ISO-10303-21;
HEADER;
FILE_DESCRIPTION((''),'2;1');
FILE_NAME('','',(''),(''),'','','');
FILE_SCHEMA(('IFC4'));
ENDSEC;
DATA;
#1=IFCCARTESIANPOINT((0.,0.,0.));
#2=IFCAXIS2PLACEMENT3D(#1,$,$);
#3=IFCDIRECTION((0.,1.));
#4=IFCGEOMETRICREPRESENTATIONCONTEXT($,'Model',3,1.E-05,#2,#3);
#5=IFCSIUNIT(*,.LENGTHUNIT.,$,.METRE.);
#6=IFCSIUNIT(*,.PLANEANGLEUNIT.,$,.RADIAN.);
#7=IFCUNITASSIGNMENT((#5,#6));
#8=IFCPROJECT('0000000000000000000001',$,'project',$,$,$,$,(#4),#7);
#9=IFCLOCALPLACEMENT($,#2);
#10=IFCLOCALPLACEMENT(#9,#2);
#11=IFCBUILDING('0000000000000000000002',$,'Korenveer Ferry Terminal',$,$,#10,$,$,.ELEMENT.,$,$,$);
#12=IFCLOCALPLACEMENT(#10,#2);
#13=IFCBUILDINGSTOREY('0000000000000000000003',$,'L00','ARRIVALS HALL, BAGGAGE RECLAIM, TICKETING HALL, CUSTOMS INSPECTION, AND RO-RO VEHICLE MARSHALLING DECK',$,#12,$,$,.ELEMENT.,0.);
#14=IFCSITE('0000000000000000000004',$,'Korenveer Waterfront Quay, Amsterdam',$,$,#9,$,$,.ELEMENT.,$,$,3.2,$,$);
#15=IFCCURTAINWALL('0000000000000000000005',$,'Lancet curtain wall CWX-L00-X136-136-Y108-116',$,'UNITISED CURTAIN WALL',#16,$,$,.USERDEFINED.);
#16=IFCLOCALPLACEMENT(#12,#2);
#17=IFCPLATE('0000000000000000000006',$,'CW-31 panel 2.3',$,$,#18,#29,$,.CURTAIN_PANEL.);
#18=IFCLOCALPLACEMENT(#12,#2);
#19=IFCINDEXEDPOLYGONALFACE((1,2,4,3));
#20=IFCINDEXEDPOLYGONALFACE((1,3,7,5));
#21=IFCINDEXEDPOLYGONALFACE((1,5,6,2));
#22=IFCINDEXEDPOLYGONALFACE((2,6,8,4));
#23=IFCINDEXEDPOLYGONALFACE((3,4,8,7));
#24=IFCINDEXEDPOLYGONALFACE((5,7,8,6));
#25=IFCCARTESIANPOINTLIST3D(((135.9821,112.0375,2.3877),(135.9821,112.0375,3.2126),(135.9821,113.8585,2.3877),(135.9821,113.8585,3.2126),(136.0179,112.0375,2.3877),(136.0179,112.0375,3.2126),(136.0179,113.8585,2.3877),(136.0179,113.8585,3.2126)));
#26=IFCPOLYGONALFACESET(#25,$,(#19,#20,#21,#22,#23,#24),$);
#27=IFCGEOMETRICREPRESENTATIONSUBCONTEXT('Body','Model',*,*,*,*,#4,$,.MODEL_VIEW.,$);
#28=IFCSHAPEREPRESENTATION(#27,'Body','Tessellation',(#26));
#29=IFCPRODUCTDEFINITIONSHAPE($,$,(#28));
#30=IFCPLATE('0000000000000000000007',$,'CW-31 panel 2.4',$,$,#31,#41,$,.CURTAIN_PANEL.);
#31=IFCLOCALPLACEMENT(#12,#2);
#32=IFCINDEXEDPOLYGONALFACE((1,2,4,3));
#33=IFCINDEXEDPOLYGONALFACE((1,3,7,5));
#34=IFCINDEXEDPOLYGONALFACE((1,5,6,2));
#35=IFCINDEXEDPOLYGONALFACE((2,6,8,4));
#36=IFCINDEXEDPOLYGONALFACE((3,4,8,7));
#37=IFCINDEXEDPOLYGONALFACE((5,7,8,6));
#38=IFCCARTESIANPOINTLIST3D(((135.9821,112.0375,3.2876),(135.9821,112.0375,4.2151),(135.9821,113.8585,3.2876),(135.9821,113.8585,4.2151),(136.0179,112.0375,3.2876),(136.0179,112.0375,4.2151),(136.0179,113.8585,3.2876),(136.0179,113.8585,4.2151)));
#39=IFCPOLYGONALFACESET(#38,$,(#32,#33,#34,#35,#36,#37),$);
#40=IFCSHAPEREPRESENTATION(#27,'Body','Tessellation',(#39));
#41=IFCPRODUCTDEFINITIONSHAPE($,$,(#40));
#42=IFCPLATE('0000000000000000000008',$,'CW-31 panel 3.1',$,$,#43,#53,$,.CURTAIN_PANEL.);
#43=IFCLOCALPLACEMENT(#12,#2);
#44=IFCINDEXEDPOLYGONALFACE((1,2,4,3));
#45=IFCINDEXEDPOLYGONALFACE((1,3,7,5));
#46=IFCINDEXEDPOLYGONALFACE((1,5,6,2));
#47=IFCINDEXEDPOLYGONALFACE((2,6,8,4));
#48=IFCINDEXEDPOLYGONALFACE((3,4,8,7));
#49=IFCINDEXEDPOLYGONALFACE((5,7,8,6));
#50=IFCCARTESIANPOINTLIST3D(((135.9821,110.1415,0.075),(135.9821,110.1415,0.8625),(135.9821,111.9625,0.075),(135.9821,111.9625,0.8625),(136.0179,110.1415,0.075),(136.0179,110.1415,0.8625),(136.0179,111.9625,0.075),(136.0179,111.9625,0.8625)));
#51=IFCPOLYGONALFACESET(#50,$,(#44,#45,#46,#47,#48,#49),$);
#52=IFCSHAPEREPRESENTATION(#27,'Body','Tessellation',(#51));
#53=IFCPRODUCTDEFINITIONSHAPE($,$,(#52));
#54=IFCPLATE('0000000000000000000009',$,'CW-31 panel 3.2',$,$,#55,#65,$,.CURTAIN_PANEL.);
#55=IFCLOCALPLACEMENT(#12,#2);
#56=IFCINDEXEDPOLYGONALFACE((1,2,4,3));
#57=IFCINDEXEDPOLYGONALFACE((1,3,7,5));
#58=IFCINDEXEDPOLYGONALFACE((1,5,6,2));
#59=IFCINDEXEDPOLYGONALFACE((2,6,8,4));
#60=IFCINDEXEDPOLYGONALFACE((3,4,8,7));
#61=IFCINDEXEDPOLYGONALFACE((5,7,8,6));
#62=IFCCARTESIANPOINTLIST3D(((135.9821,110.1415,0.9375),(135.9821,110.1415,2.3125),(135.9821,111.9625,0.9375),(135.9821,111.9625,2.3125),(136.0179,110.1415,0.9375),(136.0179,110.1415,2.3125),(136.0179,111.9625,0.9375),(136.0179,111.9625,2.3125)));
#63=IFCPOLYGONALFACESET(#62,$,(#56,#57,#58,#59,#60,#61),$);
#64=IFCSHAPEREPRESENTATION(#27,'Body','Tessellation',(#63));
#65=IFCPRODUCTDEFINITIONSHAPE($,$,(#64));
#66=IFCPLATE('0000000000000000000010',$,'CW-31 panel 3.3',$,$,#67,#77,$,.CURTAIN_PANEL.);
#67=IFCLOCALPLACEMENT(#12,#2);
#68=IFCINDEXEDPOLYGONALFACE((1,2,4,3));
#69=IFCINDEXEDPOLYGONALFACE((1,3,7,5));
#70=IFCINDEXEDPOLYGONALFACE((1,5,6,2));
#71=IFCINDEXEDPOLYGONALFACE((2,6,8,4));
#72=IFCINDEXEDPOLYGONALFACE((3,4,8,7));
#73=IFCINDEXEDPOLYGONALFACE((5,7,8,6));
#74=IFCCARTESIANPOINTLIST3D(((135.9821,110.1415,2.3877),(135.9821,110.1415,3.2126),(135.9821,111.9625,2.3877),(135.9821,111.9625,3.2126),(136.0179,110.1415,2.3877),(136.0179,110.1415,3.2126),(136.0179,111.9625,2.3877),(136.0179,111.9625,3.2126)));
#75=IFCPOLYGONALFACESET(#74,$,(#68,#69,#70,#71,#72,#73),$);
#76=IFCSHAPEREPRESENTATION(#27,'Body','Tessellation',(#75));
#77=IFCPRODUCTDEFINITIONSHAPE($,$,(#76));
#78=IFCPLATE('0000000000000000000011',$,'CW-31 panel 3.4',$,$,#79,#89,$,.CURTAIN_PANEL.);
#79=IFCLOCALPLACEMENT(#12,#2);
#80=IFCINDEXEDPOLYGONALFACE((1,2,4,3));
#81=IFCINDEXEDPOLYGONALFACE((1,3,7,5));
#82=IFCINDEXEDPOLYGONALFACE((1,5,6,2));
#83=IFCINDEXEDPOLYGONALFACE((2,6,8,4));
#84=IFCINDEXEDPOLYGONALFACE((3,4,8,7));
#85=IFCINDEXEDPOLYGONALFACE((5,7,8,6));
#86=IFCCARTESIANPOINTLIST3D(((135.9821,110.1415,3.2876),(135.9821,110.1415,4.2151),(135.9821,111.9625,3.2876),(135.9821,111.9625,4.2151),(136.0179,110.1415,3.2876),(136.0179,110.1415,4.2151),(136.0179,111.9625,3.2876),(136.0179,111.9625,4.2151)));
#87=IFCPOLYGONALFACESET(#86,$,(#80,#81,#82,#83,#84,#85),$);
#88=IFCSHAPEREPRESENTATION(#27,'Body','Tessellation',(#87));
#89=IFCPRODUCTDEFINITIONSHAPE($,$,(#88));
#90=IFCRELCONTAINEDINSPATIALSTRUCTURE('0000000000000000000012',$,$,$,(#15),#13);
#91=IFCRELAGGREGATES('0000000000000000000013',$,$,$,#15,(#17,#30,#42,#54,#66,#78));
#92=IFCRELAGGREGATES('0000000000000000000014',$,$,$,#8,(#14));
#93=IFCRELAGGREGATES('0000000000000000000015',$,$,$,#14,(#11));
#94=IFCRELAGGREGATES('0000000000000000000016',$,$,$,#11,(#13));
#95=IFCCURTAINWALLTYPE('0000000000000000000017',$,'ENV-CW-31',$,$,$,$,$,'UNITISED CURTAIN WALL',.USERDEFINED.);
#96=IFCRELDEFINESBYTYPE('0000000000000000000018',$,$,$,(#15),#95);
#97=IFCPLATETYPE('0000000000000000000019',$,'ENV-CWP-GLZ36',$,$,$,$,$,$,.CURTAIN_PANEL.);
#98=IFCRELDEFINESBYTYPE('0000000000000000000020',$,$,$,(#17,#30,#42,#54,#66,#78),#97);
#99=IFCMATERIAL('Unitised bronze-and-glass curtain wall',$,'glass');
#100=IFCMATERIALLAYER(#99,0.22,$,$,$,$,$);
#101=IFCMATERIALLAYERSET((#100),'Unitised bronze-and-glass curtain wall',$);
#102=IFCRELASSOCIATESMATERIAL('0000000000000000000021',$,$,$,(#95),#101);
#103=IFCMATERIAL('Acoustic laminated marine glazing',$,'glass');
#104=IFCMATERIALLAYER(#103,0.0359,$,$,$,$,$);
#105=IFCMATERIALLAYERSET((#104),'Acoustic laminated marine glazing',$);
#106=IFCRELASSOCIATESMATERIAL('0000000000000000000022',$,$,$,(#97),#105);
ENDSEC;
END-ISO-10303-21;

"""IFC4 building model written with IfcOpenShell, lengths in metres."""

from ifc_helpers import new_model, si_unit, direction, frame, origin, origin_2d, place, context, subcontext, project, spatial, rectangle, extrude, material, layer, layer_set, type_object, element, aggregate, save


model = new_model("IFC4")

# Units and contexts
model_context = context("Model", 3, precision=1e-05, world=origin(), true_north=direction((0.0, 1.0)))
body_context = subcontext(model_context, "Body", "Model", "MODEL_VIEW")
ifc_project = project(units=[si_unit("LENGTHUNIT", "METRE"), si_unit("PLANEANGLEUNIT", "RADIAN")], contexts=[model_context])

# Site, building, storey
site_placement = place(None, origin())
site = spatial("IfcSite", under=ifc_project, at=site_placement, Name="Korenveer Waterfront Quay, Amsterdam", CompositionType="ELEMENT", RefElevation=3.2)
building_placement = place(site_placement, origin())
building = spatial("IfcBuilding", under=site, at=building_placement, Name="Korenveer Ferry Terminal", CompositionType="ELEMENT")
storey_placement = place(building_placement, origin())
storey = spatial("IfcBuildingStorey", under=building, at=storey_placement, Name="L00", Description="ARRIVALS HALL, BAGGAGE RECLAIM, TICKETING HALL, CUSTOMS INSPECTION, AND RO-RO VEHICLE MARSHALLING DECK", CompositionType="ELEMENT", Elevation=0.0)

# Curtain wall, plates
ifc_material_1 = material(Name="Unitised bronze-and-glass curtain wall", Category="glass")
ifc_layer_1 = layer(ifc_material_1, 0.22)
ifc_layer_set_1 = layer_set([ifc_layer_1], Name="Unitised bronze-and-glass curtain wall")
curtain_wall_type = type_object("IfcCurtainWallType", Name="ENV-CW-31", ElementType="UNITISED CURTAIN WALL", PredefinedType="USERDEFINED", material=ifc_layer_set_1)
curtain_wall_placement = place(storey_placement, frame((136.0, 115.7922, 0.0)))
curtain_wall = element("IfcCurtainWall", 1, at=curtain_wall_placement, inside=storey, type_object=curtain_wall_type, Name="Lancet curtain wall CWX-L00-X136-136-Y108-116", ObjectType="UNITISED CURTAIN WALL", PredefinedType="USERDEFINED")
ifc_material_2 = material(Name="Acoustic laminated marine glazing", Category="glass")
ifc_layer_2 = layer(ifc_material_2, 0.0359)
ifc_layer_set_2 = layer_set([ifc_layer_2], Name="Acoustic laminated marine glazing")
plate_type = type_object("IfcPlateType", Name="ENV-CWP-GLZ36", PredefinedType="CURTAIN_PANEL", material=ifc_layer_set_2)
plate_1_placement = place(storey_placement, frame((136.0, 112.948, 2.3877), z_axis=(0.0, 0.0, 1.0), x_axis=(0.0, -1.0, 0.0)))
plate_1 = element("IfcPlate", 2, at=plate_1_placement, type_object=plate_type, Name="CW-31 panel 2.3", PredefinedType="CURTAIN_PANEL", context=body_context, shape_type="SweptSolid", body=[
    extrude(rectangle(XDim=1.821, YDim=0.0359, at=origin_2d()), origin(), (0.0, 0.0, 1.0), 0.825),
])
plate_2_placement = place(storey_placement, frame((136.0, 112.948, 3.2876), z_axis=(0.0, 0.0, 1.0), x_axis=(0.0, -1.0, 0.0)))
plate_2 = element("IfcPlate", 3, at=plate_2_placement, type_object=plate_type, Name="CW-31 panel 2.4", PredefinedType="CURTAIN_PANEL", context=body_context, shape_type="SweptSolid", body=[
    extrude(rectangle(XDim=1.821, YDim=0.0359, at=origin_2d()), origin(), (0.0, 0.0, 1.0), 0.9275),
])
plate_3_placement = place(storey_placement, frame((136.0, 111.052, 0.075), z_axis=(0.0, 0.0, 1.0), x_axis=(0.0, -1.0, 0.0)))
plate_3 = element("IfcPlate", 4, at=plate_3_placement, type_object=plate_type, Name="CW-31 panel 3.1", PredefinedType="CURTAIN_PANEL", context=body_context, shape_type="SweptSolid", body=[
    extrude(rectangle(XDim=1.821, YDim=0.0359, at=origin_2d()), origin(), (0.0, 0.0, 1.0), 0.7876),
])
plate_4_placement = place(storey_placement, frame((136.0, 111.052, 0.9375), z_axis=(0.0, 0.0, 1.0), x_axis=(0.0, -1.0, 0.0)))
plate_4 = element("IfcPlate", 5, at=plate_4_placement, type_object=plate_type, Name="CW-31 panel 3.2", PredefinedType="CURTAIN_PANEL", context=body_context, shape_type="SweptSolid", body=[
    extrude(rectangle(XDim=1.821, YDim=0.0359, at=origin_2d()), origin(), (0.0, 0.0, 1.0), 1.375),
])
plate_5_placement = place(storey_placement, frame((136.0, 111.052, 2.3877), z_axis=(0.0, 0.0, 1.0), x_axis=(0.0, -1.0, 0.0)))
plate_5 = element("IfcPlate", 6, at=plate_5_placement, type_object=plate_type, Name="CW-31 panel 3.3", PredefinedType="CURTAIN_PANEL", context=body_context, shape_type="SweptSolid", body=[
    extrude(rectangle(XDim=1.821, YDim=0.0359, at=origin_2d()), origin(), (0.0, 0.0, 1.0), 0.825),
])
plate_6_placement = place(storey_placement, frame((136.0, 111.052, 3.2876), z_axis=(0.0, 0.0, 1.0), x_axis=(0.0, -1.0, 0.0)))
plate_6 = element("IfcPlate", 7, at=plate_6_placement, type_object=plate_type, Name="CW-31 panel 3.4", PredefinedType="CURTAIN_PANEL", context=body_context, shape_type="SweptSolid", body=[
    extrude(rectangle(XDim=1.821, YDim=0.0359, at=origin_2d()), origin(), (0.0, 0.0, 1.0), 0.9275),
])
aggregate(curtain_wall, [plate_1, plate_2, plate_3, plate_4, plate_5, plate_6])

save(model, "model.ifc")
